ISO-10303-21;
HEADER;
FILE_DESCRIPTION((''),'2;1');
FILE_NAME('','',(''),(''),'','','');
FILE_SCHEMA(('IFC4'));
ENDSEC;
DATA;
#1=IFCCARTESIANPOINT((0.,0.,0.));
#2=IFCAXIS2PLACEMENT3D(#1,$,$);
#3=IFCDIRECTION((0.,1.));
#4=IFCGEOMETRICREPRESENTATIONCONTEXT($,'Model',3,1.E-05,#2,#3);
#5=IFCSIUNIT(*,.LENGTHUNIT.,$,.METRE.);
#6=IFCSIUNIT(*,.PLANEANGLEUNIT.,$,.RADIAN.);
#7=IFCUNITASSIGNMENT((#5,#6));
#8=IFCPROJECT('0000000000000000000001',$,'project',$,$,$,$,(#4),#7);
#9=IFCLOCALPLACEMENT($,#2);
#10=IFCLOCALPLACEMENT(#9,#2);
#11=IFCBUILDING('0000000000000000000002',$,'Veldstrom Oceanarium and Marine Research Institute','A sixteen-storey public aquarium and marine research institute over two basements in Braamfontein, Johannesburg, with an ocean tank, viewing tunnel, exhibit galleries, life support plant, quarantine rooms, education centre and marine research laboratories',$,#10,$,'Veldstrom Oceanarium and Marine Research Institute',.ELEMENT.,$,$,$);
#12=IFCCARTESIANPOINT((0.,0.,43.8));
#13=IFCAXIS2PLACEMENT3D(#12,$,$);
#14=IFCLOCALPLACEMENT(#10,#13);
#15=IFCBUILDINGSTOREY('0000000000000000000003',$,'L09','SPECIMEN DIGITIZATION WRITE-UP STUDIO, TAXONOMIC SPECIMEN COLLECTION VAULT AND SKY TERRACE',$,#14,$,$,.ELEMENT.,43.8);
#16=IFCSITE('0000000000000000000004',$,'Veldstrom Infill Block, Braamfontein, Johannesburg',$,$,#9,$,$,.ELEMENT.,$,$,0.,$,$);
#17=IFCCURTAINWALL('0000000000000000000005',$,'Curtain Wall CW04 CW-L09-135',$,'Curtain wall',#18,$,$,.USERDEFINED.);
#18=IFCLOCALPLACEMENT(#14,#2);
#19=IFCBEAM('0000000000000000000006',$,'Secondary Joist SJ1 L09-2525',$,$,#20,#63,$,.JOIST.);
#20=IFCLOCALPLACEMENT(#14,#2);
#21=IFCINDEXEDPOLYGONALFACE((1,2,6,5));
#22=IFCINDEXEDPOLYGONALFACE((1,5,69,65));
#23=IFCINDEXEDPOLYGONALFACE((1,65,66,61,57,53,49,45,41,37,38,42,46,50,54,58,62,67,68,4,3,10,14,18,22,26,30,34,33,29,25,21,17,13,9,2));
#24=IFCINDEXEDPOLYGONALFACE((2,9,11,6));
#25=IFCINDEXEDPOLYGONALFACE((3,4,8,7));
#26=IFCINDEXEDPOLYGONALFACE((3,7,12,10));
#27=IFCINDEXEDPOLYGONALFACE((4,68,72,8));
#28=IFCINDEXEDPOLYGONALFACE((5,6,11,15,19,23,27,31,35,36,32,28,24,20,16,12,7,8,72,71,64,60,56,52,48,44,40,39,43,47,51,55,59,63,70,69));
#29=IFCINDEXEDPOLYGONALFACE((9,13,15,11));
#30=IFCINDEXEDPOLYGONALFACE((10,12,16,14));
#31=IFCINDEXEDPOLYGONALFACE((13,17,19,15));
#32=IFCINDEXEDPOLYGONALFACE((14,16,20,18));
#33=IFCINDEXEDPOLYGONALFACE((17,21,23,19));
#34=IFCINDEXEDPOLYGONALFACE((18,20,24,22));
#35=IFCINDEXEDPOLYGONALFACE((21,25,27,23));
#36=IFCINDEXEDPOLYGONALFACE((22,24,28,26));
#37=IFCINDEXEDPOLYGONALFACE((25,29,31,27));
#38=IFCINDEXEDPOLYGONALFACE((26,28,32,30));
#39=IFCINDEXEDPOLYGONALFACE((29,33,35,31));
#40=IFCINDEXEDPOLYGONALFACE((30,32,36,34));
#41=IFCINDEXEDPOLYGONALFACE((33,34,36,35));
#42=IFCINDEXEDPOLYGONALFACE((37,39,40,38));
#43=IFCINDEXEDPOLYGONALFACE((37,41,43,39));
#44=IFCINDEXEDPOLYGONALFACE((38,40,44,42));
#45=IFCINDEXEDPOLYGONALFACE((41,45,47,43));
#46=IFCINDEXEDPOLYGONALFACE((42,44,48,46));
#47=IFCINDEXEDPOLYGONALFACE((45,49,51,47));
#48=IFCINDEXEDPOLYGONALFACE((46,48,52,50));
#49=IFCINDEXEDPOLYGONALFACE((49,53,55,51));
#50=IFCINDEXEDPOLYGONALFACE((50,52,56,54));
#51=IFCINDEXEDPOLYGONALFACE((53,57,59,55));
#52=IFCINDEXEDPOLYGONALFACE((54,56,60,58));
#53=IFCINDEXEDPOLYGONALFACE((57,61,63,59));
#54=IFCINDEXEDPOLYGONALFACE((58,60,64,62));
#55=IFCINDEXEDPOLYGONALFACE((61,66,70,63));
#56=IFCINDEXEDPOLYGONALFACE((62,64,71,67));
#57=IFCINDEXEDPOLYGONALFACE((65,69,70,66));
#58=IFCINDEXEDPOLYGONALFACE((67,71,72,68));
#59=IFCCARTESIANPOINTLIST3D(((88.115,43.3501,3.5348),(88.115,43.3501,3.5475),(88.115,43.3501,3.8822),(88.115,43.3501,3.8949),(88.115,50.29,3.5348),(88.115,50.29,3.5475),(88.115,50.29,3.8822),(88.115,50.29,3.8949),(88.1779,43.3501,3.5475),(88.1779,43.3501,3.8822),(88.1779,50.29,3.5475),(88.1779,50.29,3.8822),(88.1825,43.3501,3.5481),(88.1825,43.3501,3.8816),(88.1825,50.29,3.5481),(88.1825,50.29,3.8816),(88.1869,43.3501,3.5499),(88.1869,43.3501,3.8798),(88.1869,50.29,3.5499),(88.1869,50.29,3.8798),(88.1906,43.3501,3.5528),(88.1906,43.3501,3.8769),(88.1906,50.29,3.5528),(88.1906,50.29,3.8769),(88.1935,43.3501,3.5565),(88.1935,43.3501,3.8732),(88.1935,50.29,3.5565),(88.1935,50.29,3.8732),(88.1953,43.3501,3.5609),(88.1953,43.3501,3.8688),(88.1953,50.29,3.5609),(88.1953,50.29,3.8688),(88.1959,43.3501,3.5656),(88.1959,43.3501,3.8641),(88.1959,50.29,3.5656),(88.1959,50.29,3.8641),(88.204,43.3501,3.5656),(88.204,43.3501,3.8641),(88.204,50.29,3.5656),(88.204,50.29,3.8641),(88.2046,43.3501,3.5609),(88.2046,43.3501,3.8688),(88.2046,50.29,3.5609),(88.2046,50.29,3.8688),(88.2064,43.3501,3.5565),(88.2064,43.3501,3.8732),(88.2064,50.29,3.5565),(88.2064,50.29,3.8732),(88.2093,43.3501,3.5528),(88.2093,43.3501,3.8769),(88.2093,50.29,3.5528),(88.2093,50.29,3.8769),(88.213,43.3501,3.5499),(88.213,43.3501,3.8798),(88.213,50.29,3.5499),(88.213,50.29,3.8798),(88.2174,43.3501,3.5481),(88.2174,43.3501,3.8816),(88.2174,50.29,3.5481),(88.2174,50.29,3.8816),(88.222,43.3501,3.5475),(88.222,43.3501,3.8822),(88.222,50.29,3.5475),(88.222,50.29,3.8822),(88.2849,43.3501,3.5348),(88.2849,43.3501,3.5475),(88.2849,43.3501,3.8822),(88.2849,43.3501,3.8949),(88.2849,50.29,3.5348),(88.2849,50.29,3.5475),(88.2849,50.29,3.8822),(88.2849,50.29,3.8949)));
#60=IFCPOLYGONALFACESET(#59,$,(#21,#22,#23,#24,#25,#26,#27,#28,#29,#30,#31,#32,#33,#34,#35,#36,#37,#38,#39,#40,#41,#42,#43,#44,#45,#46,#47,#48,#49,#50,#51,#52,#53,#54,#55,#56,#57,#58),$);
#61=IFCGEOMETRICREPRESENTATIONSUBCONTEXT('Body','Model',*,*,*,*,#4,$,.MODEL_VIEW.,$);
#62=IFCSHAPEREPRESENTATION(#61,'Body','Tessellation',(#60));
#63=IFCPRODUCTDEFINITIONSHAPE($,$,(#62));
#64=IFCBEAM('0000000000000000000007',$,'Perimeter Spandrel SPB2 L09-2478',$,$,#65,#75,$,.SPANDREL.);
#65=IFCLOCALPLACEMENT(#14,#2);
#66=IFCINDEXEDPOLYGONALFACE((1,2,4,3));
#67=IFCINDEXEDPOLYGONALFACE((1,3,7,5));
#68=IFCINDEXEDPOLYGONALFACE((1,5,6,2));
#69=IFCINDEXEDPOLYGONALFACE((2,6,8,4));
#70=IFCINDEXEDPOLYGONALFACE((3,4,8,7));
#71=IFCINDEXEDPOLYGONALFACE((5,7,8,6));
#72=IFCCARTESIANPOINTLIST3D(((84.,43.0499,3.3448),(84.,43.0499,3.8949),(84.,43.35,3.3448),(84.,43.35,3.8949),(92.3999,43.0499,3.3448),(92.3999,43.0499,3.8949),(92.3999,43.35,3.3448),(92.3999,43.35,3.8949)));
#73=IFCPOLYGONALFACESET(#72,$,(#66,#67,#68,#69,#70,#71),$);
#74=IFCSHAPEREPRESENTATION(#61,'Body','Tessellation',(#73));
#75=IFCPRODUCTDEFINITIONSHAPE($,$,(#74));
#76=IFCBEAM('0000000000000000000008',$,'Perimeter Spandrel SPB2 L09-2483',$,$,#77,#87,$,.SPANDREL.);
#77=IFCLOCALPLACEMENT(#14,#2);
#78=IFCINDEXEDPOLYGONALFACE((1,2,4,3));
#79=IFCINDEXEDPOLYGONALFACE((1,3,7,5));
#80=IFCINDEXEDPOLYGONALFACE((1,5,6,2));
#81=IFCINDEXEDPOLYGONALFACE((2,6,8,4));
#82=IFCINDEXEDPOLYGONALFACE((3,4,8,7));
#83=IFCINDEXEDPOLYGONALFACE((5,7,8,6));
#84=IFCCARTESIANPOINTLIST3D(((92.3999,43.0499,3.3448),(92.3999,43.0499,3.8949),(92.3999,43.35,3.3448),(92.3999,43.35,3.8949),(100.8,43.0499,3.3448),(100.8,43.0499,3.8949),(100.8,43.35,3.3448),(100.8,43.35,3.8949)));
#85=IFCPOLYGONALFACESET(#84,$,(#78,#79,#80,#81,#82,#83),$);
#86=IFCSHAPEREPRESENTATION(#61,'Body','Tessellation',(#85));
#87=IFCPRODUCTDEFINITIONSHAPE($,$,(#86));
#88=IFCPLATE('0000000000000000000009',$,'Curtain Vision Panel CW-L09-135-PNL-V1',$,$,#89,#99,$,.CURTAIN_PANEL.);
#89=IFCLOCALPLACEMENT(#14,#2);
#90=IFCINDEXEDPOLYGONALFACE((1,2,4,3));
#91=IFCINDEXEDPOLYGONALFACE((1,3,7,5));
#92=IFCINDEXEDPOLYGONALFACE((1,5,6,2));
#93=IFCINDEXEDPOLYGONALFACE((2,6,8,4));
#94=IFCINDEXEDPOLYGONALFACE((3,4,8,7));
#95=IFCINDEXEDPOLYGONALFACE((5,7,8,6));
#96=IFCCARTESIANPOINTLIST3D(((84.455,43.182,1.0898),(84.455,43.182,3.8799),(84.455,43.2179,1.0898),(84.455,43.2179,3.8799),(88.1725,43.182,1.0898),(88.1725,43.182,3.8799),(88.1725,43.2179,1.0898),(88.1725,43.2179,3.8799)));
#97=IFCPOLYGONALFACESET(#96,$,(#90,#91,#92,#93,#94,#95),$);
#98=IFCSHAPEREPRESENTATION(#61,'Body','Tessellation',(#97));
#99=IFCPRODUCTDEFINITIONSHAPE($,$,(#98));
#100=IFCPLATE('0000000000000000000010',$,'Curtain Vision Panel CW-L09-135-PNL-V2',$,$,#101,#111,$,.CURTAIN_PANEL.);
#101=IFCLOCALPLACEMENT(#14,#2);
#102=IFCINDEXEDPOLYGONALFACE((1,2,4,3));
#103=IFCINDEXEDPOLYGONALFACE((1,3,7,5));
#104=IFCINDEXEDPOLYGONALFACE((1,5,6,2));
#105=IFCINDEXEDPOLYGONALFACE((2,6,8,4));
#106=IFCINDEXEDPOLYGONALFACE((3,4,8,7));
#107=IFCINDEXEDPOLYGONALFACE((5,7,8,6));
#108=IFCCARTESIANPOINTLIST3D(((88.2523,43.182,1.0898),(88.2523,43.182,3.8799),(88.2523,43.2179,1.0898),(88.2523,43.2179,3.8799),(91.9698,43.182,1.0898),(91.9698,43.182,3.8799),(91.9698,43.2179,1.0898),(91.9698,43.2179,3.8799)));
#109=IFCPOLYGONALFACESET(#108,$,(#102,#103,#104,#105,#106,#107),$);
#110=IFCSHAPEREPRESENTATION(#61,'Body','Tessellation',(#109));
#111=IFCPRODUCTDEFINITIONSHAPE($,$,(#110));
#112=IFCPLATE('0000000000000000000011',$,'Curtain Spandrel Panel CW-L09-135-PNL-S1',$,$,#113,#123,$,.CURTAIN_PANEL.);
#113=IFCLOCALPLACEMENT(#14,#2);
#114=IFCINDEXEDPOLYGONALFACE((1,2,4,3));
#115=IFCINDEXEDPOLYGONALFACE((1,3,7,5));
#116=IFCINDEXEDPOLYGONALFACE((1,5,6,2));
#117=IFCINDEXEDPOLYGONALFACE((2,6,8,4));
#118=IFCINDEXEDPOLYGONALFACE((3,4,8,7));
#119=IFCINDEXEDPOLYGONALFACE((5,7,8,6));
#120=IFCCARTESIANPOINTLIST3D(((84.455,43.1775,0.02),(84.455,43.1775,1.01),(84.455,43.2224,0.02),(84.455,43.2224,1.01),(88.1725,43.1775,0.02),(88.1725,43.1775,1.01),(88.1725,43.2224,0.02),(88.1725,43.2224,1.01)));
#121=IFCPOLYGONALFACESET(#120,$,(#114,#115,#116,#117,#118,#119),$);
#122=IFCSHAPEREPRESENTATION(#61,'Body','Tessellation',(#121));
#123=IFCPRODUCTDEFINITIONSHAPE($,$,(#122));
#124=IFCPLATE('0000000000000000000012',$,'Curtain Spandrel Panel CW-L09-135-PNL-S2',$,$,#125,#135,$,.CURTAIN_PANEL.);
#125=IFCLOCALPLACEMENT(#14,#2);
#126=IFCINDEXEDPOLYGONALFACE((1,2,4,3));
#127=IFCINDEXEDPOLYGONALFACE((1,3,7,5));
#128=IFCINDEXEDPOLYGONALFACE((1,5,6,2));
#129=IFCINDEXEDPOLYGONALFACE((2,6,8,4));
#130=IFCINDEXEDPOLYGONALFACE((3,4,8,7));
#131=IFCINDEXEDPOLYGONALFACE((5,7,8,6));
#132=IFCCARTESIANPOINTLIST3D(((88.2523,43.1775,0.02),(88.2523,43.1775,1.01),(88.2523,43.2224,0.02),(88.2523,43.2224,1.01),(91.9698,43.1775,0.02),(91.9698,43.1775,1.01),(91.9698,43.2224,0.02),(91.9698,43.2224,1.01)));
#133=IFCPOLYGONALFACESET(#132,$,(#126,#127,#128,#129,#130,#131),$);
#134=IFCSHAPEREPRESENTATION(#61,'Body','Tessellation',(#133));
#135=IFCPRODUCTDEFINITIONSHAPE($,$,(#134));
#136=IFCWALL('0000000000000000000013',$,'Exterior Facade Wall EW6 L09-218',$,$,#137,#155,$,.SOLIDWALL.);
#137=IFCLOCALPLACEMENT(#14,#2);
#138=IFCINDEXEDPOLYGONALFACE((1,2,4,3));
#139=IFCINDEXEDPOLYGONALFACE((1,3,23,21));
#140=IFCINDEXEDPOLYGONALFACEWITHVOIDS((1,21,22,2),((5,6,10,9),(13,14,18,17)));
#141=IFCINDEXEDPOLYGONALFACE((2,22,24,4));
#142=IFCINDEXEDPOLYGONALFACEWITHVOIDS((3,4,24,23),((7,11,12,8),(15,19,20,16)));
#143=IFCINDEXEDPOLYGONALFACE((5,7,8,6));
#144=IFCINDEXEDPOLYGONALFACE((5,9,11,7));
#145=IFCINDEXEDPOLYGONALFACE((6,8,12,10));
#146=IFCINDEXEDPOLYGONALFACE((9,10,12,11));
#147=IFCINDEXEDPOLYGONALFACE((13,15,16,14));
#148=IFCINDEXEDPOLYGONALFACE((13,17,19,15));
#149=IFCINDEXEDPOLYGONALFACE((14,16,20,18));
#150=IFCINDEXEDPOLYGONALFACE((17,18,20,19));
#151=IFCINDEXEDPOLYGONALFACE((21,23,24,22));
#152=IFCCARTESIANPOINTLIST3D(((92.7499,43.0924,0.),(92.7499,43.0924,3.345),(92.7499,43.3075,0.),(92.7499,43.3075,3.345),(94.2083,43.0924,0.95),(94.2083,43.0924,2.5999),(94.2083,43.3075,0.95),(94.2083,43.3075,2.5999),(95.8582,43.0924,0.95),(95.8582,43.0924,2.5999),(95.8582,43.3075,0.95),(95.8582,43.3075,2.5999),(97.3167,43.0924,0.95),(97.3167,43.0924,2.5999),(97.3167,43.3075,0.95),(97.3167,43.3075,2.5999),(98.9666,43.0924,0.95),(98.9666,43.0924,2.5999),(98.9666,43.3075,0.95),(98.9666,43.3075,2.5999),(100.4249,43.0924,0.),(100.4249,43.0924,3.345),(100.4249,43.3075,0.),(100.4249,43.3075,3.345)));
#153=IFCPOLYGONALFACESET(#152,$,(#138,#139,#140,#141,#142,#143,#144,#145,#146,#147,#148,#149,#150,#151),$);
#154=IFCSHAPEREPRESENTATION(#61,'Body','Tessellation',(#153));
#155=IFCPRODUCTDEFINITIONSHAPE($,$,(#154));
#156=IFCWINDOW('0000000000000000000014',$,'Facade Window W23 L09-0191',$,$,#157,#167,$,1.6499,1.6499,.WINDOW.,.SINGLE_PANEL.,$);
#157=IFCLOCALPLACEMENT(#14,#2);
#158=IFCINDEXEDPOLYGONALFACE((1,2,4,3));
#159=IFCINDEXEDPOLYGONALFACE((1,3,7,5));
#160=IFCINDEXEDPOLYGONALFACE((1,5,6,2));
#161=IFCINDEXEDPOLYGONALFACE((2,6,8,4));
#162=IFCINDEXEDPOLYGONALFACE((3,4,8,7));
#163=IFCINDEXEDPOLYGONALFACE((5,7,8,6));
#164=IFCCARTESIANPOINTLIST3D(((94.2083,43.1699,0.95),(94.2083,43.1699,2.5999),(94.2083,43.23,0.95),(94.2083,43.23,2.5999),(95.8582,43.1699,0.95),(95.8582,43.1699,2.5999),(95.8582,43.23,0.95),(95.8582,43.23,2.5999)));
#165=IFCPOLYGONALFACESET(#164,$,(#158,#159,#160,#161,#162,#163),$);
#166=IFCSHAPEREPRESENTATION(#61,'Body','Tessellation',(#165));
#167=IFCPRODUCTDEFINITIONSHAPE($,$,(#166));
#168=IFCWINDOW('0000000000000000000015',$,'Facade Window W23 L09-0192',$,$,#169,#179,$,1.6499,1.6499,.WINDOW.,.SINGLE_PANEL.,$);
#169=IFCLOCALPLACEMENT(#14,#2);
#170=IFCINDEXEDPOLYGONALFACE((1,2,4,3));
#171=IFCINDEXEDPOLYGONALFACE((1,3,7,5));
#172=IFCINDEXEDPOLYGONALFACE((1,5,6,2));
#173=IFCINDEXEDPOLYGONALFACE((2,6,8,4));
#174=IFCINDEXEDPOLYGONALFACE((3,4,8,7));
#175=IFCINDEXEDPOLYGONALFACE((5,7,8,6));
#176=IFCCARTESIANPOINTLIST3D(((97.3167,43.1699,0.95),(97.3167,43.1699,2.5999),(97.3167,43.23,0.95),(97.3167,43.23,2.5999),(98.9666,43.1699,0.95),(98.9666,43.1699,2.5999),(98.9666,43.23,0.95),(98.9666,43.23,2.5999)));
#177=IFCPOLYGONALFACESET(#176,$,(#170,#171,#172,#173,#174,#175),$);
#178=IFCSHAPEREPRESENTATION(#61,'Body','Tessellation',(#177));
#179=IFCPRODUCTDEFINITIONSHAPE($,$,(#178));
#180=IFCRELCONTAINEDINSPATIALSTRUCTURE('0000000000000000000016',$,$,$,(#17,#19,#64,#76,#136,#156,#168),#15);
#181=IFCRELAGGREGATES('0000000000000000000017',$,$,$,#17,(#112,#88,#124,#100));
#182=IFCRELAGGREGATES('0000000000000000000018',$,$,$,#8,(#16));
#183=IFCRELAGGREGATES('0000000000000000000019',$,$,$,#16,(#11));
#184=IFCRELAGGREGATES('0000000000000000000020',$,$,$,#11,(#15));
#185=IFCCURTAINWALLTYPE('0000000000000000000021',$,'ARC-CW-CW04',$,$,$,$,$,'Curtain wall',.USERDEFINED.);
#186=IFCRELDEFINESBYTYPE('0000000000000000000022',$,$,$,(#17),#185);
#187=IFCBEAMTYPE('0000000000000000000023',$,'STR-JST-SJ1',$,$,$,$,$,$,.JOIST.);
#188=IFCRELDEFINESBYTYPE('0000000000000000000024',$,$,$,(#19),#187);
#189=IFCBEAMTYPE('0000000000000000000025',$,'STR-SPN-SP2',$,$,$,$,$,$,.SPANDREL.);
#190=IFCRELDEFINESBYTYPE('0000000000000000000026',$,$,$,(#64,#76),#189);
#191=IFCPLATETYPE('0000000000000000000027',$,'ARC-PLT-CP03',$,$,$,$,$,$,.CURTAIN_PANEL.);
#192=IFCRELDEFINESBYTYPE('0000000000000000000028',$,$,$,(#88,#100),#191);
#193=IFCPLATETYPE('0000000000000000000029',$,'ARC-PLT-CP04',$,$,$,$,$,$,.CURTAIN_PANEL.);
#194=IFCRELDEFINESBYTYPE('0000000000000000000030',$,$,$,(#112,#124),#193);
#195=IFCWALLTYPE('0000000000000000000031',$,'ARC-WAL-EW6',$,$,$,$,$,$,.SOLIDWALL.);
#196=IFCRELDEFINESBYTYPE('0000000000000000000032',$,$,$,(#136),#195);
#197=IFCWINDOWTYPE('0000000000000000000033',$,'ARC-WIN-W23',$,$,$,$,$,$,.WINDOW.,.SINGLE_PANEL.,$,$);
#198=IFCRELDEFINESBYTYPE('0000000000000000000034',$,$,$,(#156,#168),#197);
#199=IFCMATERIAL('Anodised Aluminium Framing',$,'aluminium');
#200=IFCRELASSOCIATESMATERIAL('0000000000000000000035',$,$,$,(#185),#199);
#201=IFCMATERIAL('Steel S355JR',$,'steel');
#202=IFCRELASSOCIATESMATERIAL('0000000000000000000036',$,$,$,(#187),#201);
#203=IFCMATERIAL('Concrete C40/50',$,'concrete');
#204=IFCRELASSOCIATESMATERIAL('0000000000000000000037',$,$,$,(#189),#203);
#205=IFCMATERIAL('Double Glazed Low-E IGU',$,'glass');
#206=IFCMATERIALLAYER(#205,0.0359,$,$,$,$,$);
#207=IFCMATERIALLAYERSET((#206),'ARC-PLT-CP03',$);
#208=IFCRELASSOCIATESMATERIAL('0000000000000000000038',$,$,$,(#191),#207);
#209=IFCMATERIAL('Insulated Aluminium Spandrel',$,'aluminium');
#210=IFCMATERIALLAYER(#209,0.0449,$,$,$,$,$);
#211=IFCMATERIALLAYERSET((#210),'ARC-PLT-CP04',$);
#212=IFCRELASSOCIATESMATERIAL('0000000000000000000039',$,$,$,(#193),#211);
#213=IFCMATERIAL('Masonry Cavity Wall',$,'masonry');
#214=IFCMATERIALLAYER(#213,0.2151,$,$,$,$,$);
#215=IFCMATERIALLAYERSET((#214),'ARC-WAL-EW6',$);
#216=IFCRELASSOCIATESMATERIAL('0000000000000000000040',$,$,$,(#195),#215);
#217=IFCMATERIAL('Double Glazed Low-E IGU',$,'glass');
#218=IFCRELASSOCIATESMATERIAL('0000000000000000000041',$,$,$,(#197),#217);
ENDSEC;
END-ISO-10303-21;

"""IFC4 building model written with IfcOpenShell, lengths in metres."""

from ifc_helpers import new_model, si_unit, direction, frame, frame_2d, origin, origin_2d, place, context, subcontext, project, spatial, rectangle, i_section, extrude, material, layer, layer_set, material_profile, profile_set, type_object, element, fill, aggregate, save


model = new_model("IFC4")

# Units and contexts
model_context = context("Model", 3, precision=1e-05, world=origin(), true_north=direction((0.0, 1.0)))
body_context = subcontext(model_context, "Body", "Model", "MODEL_VIEW")
ifc_project = project(units=[si_unit("LENGTHUNIT", "METRE"), si_unit("PLANEANGLEUNIT", "RADIAN")], contexts=[model_context])

# Site, building, storey
site_placement = place(None, origin())
site = spatial("IfcSite", under=ifc_project, at=site_placement, Name="Veldstrom Infill Block, Braamfontein, Johannesburg", CompositionType="ELEMENT", RefElevation=0.0)
building_placement = place(site_placement, origin())
building = spatial("IfcBuilding", under=site, at=building_placement, Name="Veldstrom Oceanarium and Marine Research Institute", Description="A sixteen-storey public aquarium and marine research institute over two basements in Braamfontein, Johannesburg, with an ocean tank, viewing tunnel, exhibit galleries, life support plant, quarantine rooms, education centre and marine research laboratories", LongName="Veldstrom Oceanarium and Marine Research Institute", CompositionType="ELEMENT")
storey_placement = place(building_placement, frame((0.0, 0.0, 43.8)))
storey = spatial("IfcBuildingStorey", under=building, at=storey_placement, Name="L09", Description="SPECIMEN DIGITIZATION WRITE-UP STUDIO, TAXONOMIC SPECIMEN COLLECTION VAULT AND SKY TERRACE", CompositionType="ELEMENT", Elevation=43.8)

# Curtain wall
ifc_material_1 = material(Name="Anodised Aluminium Framing", Category="aluminium")
curtain_wall_type = type_object("IfcCurtainWallType", Name="ARC-CW-CW04", ElementType="Curtain wall", PredefinedType="USERDEFINED", material=ifc_material_1)
curtain_wall_placement = place(storey_placement, origin())
curtain_wall = element("IfcCurtainWall", 1, at=curtain_wall_placement, inside=storey, type_object=curtain_wall_type, Name="Curtain Wall CW04 CW-L09-135", ObjectType="Curtain wall", PredefinedType="USERDEFINED")

# Beams
ifc_material_2 = material(Name="Steel S355JR", Category="steel")
ifc_material_profile_1 = material_profile(ifc_material_2, i_section(OverallWidth=0.1699, OverallDepth=0.3601, WebThickness=0.0081, FlangeThickness=0.0127, FilletRadius=0.0181, at=origin_2d()), Name="IPE 360")
ifc_profile_set_1 = profile_set([ifc_material_profile_1], Name="Steel S355JR")
beam_type_1 = type_object("IfcBeamType", Name="STR-JST-SJ1", PredefinedType="JOIST", material=ifc_profile_set_1)
beam_1_placement = place(storey_placement, frame((88.2, 43.3501, 3.7148), z_axis=(0.0, 1.0, 0.0), x_axis=(-1.0, 0.0, 0.0)))
element("IfcBeam", 2, at=beam_1_placement, inside=storey, type_object=beam_type_1, Name="Secondary Joist SJ1 L09-2525", PredefinedType="JOIST", context=body_context, shape_type="SweptSolid", body=[
    extrude(i_section(OverallWidth=0.1699, OverallDepth=0.3601, WebThickness=0.0081, FlangeThickness=0.0127, FilletRadius=0.0181, at=origin_2d()), origin(), (0.0, 0.0, 1.0), 6.9399),
])
ifc_material_3 = material(Name="Concrete C40/50", Category="concrete")
ifc_material_profile_2 = material_profile(ifc_material_3, rectangle(XDim=0.3, YDim=0.55, at=origin_2d()), Name="RC-SPN-300x550")
ifc_profile_set_2 = profile_set([ifc_material_profile_2], Name="Concrete C40/50")
beam_type_2 = type_object("IfcBeamType", Name="STR-SPN-SP2", PredefinedType="SPANDREL", material=ifc_profile_set_2)
beam_2_placement = place(storey_placement, frame((84.0, 43.2, 3.6199), z_axis=(1.0, 0.0, 0.0), x_axis=(0.0, 1.0, 0.0)))
element("IfcBeam", 3, at=beam_2_placement, inside=storey, type_object=beam_type_2, Name="Perimeter Spandrel SPB2 L09-2478", PredefinedType="SPANDREL", context=body_context, shape_type="SweptSolid", body=[
    extrude(rectangle(XDim=0.3, YDim=0.55, at=origin_2d()), origin(), (0.0, 0.0, 1.0), 8.3999),
])
beam_3_placement = place(storey_placement, frame((92.3999, 43.2, 3.6199), z_axis=(1.0, 0.0, 0.0), x_axis=(0.0, 1.0, 0.0)))
element("IfcBeam", 4, at=beam_3_placement, inside=storey, type_object=beam_type_2, Name="Perimeter Spandrel SPB2 L09-2483", PredefinedType="SPANDREL", context=body_context, shape_type="SweptSolid", body=[
    extrude(rectangle(XDim=0.3, YDim=0.55, at=origin_2d()), origin(), (0.0, 0.0, 1.0), 8.4001),
])

# Plates
ifc_material_4 = material(Name="Double Glazed Low-E IGU", Category="glass")
ifc_layer_1 = layer(ifc_material_4, 0.0359)
ifc_layer_set_1 = layer_set([ifc_layer_1], Name="ARC-PLT-CP03")
plate_type_1 = type_object("IfcPlateType", Name="ARC-PLT-CP03", PredefinedType="CURTAIN_PANEL", material=ifc_layer_set_1)
plate_1_placement = place(storey_placement, frame((86.3137, 43.2, 1.0898), z_axis=(0.0, 0.0, 1.0), x_axis=(1.0, 0.0, 0.0)))
plate_1 = element("IfcPlate", 5, at=plate_1_placement, type_object=plate_type_1, Name="Curtain Vision Panel CW-L09-135-PNL-V1", PredefinedType="CURTAIN_PANEL", context=body_context, shape_type="SweptSolid", body=[
    extrude(rectangle(XDim=3.7175, YDim=0.0359, at=origin_2d()), origin(), (0.0, 0.0, 1.0), 2.79),
])
plate_2_placement = place(storey_placement, frame((90.1111, 43.2, 1.0898), z_axis=(0.0, 0.0, 1.0), x_axis=(1.0, 0.0, 0.0)))
plate_2 = element("IfcPlate", 6, at=plate_2_placement, type_object=plate_type_1, Name="Curtain Vision Panel CW-L09-135-PNL-V2", PredefinedType="CURTAIN_PANEL", context=body_context, shape_type="SweptSolid", body=[
    extrude(rectangle(XDim=3.7175, YDim=0.0359, at=origin_2d()), origin(), (0.0, 0.0, 1.0), 2.79),
])
ifc_material_5 = material(Name="Insulated Aluminium Spandrel", Category="aluminium")
ifc_layer_2 = layer(ifc_material_5, 0.0449)
ifc_layer_set_2 = layer_set([ifc_layer_2], Name="ARC-PLT-CP04")
plate_type_2 = type_object("IfcPlateType", Name="ARC-PLT-CP04", PredefinedType="CURTAIN_PANEL", material=ifc_layer_set_2)
plate_3_placement = place(storey_placement, frame((86.3137, 43.2, 0.02), z_axis=(0.0, 0.0, 1.0), x_axis=(1.0, 0.0, 0.0)))
plate_3 = element("IfcPlate", 7, at=plate_3_placement, type_object=plate_type_2, Name="Curtain Spandrel Panel CW-L09-135-PNL-S1", PredefinedType="CURTAIN_PANEL", context=body_context, shape_type="SweptSolid", body=[
    extrude(rectangle(XDim=3.7175, YDim=0.0449, at=origin_2d()), origin(), (0.0, 0.0, 1.0), 0.99),
])
plate_4_placement = place(storey_placement, frame((90.1111, 43.2, 0.02), z_axis=(0.0, 0.0, 1.0), x_axis=(1.0, 0.0, 0.0)))
plate_4 = element("IfcPlate", 8, at=plate_4_placement, type_object=plate_type_2, Name="Curtain Spandrel Panel CW-L09-135-PNL-S2", PredefinedType="CURTAIN_PANEL", context=body_context, shape_type="SweptSolid", body=[
    extrude(rectangle(XDim=3.7175, YDim=0.0449, at=origin_2d()), origin(), (0.0, 0.0, 1.0), 0.99),
])
aggregate(curtain_wall, [plate_3, plate_1, plate_4, plate_2])

# Wall, openings, windows
ifc_material_6 = material(Name="Masonry Cavity Wall", Category="masonry")
ifc_layer_3 = layer(ifc_material_6, 0.2151)
ifc_layer_set_3 = layer_set([ifc_layer_3], Name="ARC-WAL-EW6")
wall_type_1 = type_object("IfcWallType", Name="ARC-WAL-EW6", PredefinedType="SOLIDWALL", material=ifc_layer_set_3)
wall_1_placement = place(storey_placement, frame((92.75, 43.2, 0.0), z_axis=(0.0, 0.0, 1.0), x_axis=(1.0, 0.0, 0.0)))
wall_1 = element("IfcWall", 9, at=wall_1_placement, inside=storey, type_object=wall_type_1, Name="Exterior Facade Wall EW6 L09-218", PredefinedType="SOLIDWALL", context=body_context, shape_type="SweptSolid", body=[
    extrude(rectangle(XDim=7.675, YDim=0.2151, at=frame_2d((3.8374, 0.0))), origin(), (0.0, 0.0, 1.0), 3.345),
])
opening_1_placement = place(wall_1_placement, frame((1.4583, 0.0, 0.95)))
opening_1 = element("IfcOpeningElement", 10, at=opening_1_placement, cuts=wall_1, PredefinedType="OPENING", context=body_context, shape_type="SweptSolid", body=[
    extrude(rectangle(XDim=1.6499, YDim=1.6499, at=frame_2d((0.825, 0.825))), frame((0.0, 0.1174, 0.0), z_axis=(0.0, -1.0, 0.0), x_axis=(1.0, 0.0, 0.0)), (0.0, 0.0, 1.0), 0.2351),
])
opening_2_placement = place(wall_1_placement, frame((4.5667, 0.0, 0.95)))
opening_2 = element("IfcOpeningElement", 11, at=opening_2_placement, cuts=wall_1, PredefinedType="OPENING", context=body_context, shape_type="SweptSolid", body=[
    extrude(rectangle(XDim=1.6499, YDim=1.6499, at=frame_2d((0.825, 0.825))), frame((0.0, 0.1174, 0.0), z_axis=(0.0, -1.0, 0.0), x_axis=(1.0, 0.0, 0.0)), (0.0, 0.0, 1.0), 0.2351),
])
ifc_material_7 = material(Name="Double Glazed Low-E IGU", Category="glass")
window_type = type_object("IfcWindowType", Name="ARC-WIN-W23", PartitioningType="SINGLE_PANEL", PredefinedType="WINDOW", material=ifc_material_7)
window_1_placement = place(opening_1_placement, origin())
window_1 = element("IfcWindow", 12, at=window_1_placement, inside=storey, type_object=window_type, Name="Facade Window W23 L09-0191", OverallHeight=1.6499, OverallWidth=1.6499, PartitioningType="SINGLE_PANEL", PredefinedType="WINDOW", context=body_context, shape_type="SweptSolid", body=[
    extrude(rectangle(XDim=1.6499, YDim=1.6499, at=frame_2d((0.825, 0.825))), frame((0.0, 0.03, 0.0), z_axis=(0.0, -1.0, 0.0), x_axis=(1.0, 0.0, 0.0)), (0.0, 0.0, 1.0), 0.0601),
])
fill(opening_1, window_1)
window_2_placement = place(opening_2_placement, origin())
window_2 = element("IfcWindow", 13, at=window_2_placement, inside=storey, type_object=window_type, Name="Facade Window W23 L09-0192", OverallHeight=1.6499, OverallWidth=1.6499, PartitioningType="SINGLE_PANEL", PredefinedType="WINDOW", context=body_context, shape_type="SweptSolid", body=[
    extrude(rectangle(XDim=1.6499, YDim=1.6499, at=frame_2d((0.825, 0.825))), frame((0.0, 0.03, 0.0), z_axis=(0.0, -1.0, 0.0), x_axis=(1.0, 0.0, 0.0)), (0.0, 0.0, 1.0), 0.0601),
])
fill(opening_2, window_2)

save(model, "model.ifc")
